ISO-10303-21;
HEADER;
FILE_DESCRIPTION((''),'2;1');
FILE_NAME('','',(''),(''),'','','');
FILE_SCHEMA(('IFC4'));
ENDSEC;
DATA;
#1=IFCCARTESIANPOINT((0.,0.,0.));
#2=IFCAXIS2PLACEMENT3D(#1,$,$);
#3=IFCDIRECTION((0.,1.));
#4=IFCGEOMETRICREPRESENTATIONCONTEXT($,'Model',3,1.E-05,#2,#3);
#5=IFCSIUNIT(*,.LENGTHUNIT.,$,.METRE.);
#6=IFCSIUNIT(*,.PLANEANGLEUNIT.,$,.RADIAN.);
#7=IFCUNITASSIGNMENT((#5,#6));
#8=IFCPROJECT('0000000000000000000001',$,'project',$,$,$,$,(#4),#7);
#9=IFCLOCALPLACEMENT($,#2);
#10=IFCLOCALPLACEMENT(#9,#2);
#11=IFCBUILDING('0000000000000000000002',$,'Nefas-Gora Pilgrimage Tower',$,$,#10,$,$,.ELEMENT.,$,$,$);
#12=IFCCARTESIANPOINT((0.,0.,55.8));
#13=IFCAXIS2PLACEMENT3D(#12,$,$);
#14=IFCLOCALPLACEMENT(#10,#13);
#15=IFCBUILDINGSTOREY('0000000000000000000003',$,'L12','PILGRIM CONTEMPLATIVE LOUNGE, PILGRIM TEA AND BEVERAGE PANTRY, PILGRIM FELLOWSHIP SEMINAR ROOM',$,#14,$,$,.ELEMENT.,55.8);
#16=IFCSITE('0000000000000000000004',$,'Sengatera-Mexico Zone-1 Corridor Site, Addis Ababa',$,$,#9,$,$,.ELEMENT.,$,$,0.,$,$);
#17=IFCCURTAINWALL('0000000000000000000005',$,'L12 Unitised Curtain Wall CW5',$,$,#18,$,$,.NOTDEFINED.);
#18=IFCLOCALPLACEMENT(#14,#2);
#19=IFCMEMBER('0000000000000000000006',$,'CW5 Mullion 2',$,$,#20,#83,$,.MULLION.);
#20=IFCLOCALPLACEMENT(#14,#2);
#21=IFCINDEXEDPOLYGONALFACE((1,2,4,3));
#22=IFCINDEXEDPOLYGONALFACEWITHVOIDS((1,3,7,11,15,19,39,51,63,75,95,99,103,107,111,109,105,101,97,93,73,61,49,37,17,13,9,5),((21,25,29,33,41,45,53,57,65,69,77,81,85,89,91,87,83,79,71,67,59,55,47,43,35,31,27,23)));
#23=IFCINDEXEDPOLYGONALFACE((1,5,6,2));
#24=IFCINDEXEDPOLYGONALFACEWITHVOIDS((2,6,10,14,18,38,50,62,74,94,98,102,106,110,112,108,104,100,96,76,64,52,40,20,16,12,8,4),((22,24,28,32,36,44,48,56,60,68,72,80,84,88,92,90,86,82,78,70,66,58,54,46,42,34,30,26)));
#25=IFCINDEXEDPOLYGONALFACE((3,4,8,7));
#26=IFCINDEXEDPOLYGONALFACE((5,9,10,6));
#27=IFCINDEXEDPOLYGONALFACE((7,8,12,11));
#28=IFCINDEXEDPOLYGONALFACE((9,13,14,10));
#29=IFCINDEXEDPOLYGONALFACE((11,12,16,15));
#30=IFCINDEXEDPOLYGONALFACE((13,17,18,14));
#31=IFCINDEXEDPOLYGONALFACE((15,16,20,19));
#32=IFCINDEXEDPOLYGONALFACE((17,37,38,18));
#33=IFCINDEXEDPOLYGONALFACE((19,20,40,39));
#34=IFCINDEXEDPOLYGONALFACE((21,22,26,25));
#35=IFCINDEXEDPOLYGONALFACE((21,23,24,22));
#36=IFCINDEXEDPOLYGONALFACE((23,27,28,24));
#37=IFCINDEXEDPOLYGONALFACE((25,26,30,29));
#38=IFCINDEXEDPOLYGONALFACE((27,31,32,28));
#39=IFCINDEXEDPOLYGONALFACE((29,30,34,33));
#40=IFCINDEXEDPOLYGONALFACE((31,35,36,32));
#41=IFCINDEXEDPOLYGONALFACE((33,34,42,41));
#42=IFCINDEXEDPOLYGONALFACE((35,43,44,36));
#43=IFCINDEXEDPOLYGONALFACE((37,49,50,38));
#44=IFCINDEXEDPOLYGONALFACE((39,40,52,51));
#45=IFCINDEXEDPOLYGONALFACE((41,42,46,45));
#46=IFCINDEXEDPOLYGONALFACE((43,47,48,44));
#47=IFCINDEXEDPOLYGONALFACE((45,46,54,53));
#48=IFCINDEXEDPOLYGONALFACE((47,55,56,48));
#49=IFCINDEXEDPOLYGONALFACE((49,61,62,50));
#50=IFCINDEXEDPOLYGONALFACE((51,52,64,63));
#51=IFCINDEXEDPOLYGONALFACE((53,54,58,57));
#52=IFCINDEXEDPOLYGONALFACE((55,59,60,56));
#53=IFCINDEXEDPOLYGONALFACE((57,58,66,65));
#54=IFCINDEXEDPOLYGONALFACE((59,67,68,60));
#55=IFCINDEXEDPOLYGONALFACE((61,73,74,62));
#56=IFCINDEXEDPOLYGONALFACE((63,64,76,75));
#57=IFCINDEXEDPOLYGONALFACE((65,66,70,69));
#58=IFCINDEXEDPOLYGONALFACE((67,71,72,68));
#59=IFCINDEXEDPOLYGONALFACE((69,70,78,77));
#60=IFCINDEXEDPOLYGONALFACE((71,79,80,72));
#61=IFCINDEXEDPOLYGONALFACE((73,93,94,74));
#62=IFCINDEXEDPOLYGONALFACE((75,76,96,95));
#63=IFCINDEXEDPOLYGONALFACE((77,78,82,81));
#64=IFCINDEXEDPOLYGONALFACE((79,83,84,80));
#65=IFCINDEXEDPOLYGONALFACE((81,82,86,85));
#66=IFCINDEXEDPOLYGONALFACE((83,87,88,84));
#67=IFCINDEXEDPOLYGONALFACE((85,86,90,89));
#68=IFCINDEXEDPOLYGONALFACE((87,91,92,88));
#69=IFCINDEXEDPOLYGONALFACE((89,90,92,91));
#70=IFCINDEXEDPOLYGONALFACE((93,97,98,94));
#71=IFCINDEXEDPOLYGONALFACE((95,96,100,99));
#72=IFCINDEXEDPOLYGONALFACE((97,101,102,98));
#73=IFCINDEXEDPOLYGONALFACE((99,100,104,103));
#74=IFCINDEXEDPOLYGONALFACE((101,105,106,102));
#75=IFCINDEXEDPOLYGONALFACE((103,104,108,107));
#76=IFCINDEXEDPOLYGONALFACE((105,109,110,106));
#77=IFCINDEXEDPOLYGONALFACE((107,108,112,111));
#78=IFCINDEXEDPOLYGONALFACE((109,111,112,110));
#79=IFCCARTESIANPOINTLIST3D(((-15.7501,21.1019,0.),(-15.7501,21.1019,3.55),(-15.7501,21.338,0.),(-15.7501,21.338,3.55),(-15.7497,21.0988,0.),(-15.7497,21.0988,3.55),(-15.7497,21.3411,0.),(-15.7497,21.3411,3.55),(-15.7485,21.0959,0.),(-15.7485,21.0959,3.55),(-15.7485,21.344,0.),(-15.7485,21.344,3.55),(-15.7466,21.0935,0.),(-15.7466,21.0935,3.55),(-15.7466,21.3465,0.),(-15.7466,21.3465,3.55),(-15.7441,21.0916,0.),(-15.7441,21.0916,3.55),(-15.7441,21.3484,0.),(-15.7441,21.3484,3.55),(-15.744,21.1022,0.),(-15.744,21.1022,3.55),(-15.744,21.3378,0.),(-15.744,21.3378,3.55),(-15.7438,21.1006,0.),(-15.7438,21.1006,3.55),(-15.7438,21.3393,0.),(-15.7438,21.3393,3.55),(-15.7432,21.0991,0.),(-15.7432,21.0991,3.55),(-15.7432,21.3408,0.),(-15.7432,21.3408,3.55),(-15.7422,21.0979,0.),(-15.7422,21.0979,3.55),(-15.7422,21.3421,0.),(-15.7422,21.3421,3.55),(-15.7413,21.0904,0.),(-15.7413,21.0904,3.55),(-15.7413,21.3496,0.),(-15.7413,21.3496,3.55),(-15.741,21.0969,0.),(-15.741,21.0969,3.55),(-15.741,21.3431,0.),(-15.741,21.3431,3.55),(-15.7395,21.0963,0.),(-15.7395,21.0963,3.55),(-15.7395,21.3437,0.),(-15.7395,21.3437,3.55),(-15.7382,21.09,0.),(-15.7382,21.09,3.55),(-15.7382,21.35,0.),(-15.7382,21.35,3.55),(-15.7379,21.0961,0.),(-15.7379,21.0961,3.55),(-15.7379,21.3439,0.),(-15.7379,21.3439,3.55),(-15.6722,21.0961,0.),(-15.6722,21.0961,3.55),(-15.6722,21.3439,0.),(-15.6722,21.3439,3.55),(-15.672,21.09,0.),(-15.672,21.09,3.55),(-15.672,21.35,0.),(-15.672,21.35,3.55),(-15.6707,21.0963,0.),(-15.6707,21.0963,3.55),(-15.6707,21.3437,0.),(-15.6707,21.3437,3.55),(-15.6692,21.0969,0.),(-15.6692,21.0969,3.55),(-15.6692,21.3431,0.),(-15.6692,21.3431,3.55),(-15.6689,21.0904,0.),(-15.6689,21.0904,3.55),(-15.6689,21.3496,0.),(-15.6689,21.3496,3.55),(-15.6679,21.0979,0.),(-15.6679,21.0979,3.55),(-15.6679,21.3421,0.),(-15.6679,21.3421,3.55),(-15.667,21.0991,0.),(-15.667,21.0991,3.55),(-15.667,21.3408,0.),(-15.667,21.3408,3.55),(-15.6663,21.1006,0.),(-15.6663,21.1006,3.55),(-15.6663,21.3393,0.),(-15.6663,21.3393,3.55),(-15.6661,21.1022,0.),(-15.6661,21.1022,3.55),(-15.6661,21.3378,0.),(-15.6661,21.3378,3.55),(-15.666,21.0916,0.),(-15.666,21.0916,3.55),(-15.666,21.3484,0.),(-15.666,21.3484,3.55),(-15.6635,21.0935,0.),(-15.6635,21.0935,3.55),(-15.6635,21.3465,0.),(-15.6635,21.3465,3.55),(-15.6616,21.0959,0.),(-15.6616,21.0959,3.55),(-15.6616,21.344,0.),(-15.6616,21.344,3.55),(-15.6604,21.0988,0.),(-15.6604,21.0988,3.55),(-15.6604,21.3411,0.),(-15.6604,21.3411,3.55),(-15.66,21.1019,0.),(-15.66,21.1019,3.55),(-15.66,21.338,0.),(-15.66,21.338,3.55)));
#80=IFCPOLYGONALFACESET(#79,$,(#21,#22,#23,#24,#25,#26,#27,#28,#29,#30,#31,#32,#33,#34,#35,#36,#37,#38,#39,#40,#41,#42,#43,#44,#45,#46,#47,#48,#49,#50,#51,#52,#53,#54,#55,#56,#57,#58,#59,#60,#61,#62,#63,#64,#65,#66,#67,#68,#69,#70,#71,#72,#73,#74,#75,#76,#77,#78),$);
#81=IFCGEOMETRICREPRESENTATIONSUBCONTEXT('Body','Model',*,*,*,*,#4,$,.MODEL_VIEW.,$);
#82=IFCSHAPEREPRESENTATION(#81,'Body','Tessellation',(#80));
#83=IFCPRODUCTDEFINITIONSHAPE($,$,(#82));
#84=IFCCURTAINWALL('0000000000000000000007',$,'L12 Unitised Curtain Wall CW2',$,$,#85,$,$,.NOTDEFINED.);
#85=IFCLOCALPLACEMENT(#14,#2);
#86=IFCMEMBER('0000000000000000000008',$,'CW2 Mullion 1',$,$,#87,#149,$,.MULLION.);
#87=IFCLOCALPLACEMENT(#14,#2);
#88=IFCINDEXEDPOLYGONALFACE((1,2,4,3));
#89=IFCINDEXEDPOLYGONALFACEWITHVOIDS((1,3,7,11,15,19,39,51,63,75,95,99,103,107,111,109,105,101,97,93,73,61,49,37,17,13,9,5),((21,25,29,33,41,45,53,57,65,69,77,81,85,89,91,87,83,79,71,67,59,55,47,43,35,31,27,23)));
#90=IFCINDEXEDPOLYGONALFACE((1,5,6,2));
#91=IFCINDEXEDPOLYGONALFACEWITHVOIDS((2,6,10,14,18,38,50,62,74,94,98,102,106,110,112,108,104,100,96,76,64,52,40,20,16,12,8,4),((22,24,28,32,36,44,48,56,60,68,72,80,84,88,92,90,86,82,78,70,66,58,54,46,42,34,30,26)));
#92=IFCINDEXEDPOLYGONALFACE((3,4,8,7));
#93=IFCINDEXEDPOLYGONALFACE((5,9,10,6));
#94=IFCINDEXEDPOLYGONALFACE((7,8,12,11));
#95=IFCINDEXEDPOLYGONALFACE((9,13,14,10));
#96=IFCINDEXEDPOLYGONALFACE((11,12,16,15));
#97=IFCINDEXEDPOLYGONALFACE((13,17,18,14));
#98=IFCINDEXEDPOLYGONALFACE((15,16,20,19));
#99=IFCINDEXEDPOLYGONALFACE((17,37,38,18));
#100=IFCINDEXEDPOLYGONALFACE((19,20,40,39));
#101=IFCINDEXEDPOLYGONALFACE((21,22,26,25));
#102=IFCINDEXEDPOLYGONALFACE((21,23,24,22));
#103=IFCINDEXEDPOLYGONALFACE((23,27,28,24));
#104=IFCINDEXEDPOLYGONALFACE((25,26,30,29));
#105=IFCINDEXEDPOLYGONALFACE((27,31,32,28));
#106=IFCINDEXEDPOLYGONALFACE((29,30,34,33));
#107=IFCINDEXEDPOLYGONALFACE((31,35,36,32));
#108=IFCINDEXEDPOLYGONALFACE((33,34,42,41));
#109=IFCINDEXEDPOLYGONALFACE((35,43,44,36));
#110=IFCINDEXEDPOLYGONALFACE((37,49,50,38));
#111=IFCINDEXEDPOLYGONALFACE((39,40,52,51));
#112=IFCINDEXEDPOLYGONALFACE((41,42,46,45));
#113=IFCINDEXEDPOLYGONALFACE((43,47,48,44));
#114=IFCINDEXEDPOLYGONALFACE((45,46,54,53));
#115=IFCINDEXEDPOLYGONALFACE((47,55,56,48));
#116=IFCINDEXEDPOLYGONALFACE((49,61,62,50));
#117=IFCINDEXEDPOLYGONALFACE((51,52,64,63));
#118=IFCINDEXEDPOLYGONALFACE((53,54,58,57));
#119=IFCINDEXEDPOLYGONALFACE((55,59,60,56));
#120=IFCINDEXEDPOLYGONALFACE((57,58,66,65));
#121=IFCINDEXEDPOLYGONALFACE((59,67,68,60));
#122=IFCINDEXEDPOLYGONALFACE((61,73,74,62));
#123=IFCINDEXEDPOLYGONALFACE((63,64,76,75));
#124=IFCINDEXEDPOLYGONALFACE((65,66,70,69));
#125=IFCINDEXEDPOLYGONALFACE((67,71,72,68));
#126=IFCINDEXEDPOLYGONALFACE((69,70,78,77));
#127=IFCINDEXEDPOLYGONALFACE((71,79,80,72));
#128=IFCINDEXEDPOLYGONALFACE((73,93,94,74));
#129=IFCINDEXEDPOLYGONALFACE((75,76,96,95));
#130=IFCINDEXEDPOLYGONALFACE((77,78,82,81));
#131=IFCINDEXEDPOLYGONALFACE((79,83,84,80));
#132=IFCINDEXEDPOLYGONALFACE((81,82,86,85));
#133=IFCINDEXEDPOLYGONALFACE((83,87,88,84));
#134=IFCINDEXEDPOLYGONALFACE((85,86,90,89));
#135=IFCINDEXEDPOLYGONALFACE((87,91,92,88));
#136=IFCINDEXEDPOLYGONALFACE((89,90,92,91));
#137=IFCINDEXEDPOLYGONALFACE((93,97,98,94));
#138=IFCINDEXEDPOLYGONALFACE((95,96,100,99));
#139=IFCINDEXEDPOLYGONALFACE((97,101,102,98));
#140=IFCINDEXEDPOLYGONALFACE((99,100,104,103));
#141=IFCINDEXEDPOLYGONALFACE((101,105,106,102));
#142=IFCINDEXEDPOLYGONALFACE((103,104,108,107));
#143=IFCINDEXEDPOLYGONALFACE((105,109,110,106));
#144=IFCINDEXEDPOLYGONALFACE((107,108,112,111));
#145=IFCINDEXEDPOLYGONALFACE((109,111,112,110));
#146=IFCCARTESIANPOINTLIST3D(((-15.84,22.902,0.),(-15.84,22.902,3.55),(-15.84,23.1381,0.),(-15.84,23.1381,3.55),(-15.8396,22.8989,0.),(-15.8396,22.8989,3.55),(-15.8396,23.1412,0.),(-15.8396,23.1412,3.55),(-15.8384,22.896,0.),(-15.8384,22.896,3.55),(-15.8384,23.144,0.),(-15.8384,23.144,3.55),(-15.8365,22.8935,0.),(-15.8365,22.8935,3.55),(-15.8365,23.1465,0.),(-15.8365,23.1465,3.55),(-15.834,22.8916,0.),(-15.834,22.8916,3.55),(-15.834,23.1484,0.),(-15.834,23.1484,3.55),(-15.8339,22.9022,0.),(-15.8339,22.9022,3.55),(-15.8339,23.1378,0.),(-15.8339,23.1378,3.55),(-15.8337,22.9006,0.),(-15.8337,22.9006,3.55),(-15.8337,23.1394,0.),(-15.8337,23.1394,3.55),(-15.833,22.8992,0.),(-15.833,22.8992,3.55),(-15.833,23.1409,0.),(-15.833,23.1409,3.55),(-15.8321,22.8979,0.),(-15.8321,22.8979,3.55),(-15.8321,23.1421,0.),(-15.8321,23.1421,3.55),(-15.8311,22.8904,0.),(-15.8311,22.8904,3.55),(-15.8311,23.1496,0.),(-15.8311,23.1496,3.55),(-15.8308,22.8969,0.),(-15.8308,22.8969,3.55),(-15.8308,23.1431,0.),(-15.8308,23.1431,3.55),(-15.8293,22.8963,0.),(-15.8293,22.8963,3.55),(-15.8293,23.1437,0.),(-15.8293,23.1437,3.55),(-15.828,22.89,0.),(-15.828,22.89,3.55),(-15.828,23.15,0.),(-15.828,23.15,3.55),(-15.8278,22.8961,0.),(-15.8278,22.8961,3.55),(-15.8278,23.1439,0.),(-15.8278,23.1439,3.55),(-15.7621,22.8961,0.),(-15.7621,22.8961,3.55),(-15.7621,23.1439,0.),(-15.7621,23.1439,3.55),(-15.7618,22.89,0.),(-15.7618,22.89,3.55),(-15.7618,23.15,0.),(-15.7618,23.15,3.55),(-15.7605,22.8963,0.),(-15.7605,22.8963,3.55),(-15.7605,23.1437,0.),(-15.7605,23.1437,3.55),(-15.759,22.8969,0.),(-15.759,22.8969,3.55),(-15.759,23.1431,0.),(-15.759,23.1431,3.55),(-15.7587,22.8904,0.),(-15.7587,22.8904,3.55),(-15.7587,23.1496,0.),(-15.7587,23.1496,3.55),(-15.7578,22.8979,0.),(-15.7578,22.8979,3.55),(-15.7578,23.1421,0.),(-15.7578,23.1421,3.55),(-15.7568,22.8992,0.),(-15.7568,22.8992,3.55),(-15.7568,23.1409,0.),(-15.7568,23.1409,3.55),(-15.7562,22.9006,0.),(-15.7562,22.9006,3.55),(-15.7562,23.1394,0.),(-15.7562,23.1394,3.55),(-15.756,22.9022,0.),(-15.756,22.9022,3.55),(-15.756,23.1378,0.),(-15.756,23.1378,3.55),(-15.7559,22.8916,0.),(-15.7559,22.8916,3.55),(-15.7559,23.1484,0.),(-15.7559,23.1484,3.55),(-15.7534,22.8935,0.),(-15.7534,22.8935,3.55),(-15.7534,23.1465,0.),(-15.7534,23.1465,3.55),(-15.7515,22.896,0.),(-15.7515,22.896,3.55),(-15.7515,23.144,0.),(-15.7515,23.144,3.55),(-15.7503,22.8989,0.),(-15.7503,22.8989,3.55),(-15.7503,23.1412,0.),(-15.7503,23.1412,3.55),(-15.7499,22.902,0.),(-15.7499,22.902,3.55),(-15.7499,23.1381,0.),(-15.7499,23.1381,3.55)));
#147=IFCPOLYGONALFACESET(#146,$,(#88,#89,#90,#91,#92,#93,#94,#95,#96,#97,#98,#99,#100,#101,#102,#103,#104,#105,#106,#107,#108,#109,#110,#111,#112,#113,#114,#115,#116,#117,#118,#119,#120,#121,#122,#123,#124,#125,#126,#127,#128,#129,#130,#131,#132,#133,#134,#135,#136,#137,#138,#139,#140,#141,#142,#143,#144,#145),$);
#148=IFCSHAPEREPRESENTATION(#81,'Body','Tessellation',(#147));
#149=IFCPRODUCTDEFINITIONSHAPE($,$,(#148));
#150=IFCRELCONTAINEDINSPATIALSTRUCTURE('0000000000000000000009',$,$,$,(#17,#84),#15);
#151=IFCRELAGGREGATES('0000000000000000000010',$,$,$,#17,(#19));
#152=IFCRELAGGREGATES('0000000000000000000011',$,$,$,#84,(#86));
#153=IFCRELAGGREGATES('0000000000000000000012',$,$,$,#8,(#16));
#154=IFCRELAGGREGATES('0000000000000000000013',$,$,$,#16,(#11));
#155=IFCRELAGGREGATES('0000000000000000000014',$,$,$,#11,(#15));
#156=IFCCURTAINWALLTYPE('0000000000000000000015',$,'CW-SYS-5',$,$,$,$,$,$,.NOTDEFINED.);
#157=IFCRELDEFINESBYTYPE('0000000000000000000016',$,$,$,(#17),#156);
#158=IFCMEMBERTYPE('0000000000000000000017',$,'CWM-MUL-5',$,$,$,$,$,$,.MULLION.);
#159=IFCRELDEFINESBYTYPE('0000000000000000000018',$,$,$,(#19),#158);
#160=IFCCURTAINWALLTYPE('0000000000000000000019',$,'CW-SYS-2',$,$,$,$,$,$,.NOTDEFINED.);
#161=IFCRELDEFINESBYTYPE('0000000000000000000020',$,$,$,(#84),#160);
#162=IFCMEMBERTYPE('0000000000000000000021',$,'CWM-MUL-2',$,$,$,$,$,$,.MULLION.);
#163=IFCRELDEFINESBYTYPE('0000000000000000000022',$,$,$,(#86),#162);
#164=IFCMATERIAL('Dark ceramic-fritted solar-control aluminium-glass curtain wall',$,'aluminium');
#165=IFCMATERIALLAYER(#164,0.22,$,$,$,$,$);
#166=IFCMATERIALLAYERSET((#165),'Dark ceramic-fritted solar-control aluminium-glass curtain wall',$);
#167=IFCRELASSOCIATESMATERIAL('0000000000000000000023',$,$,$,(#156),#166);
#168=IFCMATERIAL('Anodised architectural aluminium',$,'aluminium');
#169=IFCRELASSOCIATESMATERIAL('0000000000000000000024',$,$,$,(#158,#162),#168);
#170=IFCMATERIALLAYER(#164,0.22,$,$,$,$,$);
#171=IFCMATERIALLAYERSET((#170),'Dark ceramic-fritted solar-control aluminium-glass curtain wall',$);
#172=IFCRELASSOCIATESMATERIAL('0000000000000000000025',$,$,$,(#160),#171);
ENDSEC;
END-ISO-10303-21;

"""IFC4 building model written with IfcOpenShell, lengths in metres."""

from ifc_helpers import new_model, si_unit, direction, frame, origin, origin_2d, place, context, subcontext, project, spatial, hollow_rectangle, extrude, source, transform, mapped, material, layer, layer_set, material_profile, profile_set, type_object, element, aggregate, save


model = new_model("IFC4")

# Units and contexts
model_context = context("Model", 3, precision=1e-05, world=origin(), true_north=direction((0.0, 1.0)))
body_context = subcontext(model_context, "Body", "Model", "MODEL_VIEW")
ifc_project = project(units=[si_unit("LENGTHUNIT", "METRE"), si_unit("PLANEANGLEUNIT", "RADIAN")], contexts=[model_context])

# Site, building, storey
site_placement = place(None, origin())
site = spatial("IfcSite", under=ifc_project, at=site_placement, Name="Sengatera-Mexico Zone-1 Corridor Site, Addis Ababa", CompositionType="ELEMENT", RefElevation=0.0)
building_placement = place(site_placement, origin())
building = spatial("IfcBuilding", under=site, at=building_placement, Name="Nefas-Gora Pilgrimage Tower", CompositionType="ELEMENT")
storey_placement = place(building_placement, frame((0.0, 0.0, 55.8)))
storey = spatial("IfcBuildingStorey", under=building, at=storey_placement, Name="L12", Description="PILGRIM CONTEMPLATIVE LOUNGE, PILGRIM TEA AND BEVERAGE PANTRY, PILGRIM FELLOWSHIP SEMINAR ROOM", CompositionType="ELEMENT", Elevation=55.8)

# Curtain wall, member
ifc_material_1 = material(Name="Dark ceramic-fritted solar-control aluminium-glass curtain wall", Category="aluminium")
ifc_layer_1 = layer(ifc_material_1, 0.22)
ifc_layer_set_1 = layer_set([ifc_layer_1], Name="Dark ceramic-fritted solar-control aluminium-glass curtain wall")
curtain_wall_type_1 = type_object("IfcCurtainWallType", Name="CW-SYS-5", PredefinedType="NOTDEFINED", material=ifc_layer_set_1)
curtain_wall_1_placement = place(storey_placement, origin())
curtain_wall_1 = element("IfcCurtainWall", 1, at=curtain_wall_1_placement, inside=storey, type_object=curtain_wall_type_1, Name="L12 Unitised Curtain Wall CW5", PredefinedType="NOTDEFINED")
ifc_material_2 = material(Name="Anodised architectural aluminium", Category="aluminium")
ifc_material_profile_1 = material_profile(ifc_material_2, hollow_rectangle(XDim=0.0901, YDim=0.26, WallThickness=0.0061, InnerFilletRadius=0.0061, OuterFilletRadius=0.012, at=origin_2d()), Name="ALU MULLION 90x260")
ifc_profile_set_1 = profile_set([ifc_material_profile_1], Name="Anodised architectural aluminium")
member_type_1 = type_object("IfcMemberType", Name="CWM-MUL-5", PredefinedType="MULLION", material=ifc_profile_set_1)
shared_shape_1 = source(origin(), body_context, "Body", "SweptSolid", [
    extrude(hollow_rectangle(XDim=0.0901, YDim=0.26, WallThickness=0.0061, InnerFilletRadius=0.0061, OuterFilletRadius=0.012, at=origin_2d()), origin(), (0.0, 0.0, 1.0), 3.55),
])
member_1_placement = place(storey_placement, frame((-15.7051, 21.22, 0.0), z_axis=(0.0, 0.0, 1.0), x_axis=(-1.0, 0.0, 0.0)))
member_1 = element("IfcMember", 2, at=member_1_placement, type_object=member_type_1, Name="CW5 Mullion 2", PredefinedType="MULLION", context=body_context, shape_type="MappedRepresentation", body=[
    mapped(shared_shape_1, transform((0.0, 0.0, 0.0), x_axis=(1.0, 0.0, 0.0), y_axis=(0.0, 1.0, 0.0), z_axis=(0.0, 0.0, 1.0), scale=1.0)),
])

# Curtain wall, member
ifc_layer_2 = layer(ifc_material_1, 0.22)
ifc_layer_set_2 = layer_set([ifc_layer_2], Name="Dark ceramic-fritted solar-control aluminium-glass curtain wall")
curtain_wall_type_2 = type_object("IfcCurtainWallType", Name="CW-SYS-2", PredefinedType="NOTDEFINED", material=ifc_layer_set_2)
curtain_wall_2_placement = place(storey_placement, origin())
curtain_wall_2 = element("IfcCurtainWall", 3, at=curtain_wall_2_placement, inside=storey, type_object=curtain_wall_type_2, Name="L12 Unitised Curtain Wall CW2", PredefinedType="NOTDEFINED")
ifc_material_profile_2 = material_profile(ifc_material_2, hollow_rectangle(XDim=0.0901, YDim=0.26, WallThickness=0.0061, InnerFilletRadius=0.0061, OuterFilletRadius=0.012, at=origin_2d()), Name="ALU MULLION 90x260")
ifc_profile_set_2 = profile_set([ifc_material_profile_2], Name="Anodised architectural aluminium")
member_type_2 = type_object("IfcMemberType", Name="CWM-MUL-2", PredefinedType="MULLION", material=ifc_profile_set_2)
shared_shape_2 = source(origin(), body_context, "Body", "SweptSolid", [
    extrude(hollow_rectangle(XDim=0.0901, YDim=0.26, WallThickness=0.0061, InnerFilletRadius=0.0061, OuterFilletRadius=0.012, at=origin_2d()), origin(), (0.0, 0.0, 1.0), 3.55),
])
member_2_placement = place(storey_placement, frame((-15.7949, 23.02, 0.0), z_axis=(0.0, 0.0, 1.0), x_axis=(-1.0, 0.0, 0.0)))
member_2 = element("IfcMember", 4, at=member_2_placement, type_object=member_type_2, Name="CW2 Mullion 1", PredefinedType="MULLION", context=body_context, shape_type="MappedRepresentation", body=[
    mapped(shared_shape_2, transform((0.0, 0.0, 0.0), x_axis=(1.0, 0.0, 0.0), y_axis=(0.0, 1.0, 0.0), z_axis=(0.0, 0.0, 1.0), scale=1.0)),
])

aggregate(curtain_wall_1, [member_1])
aggregate(curtain_wall_2, [member_2])

save(model, "model.ifc")
